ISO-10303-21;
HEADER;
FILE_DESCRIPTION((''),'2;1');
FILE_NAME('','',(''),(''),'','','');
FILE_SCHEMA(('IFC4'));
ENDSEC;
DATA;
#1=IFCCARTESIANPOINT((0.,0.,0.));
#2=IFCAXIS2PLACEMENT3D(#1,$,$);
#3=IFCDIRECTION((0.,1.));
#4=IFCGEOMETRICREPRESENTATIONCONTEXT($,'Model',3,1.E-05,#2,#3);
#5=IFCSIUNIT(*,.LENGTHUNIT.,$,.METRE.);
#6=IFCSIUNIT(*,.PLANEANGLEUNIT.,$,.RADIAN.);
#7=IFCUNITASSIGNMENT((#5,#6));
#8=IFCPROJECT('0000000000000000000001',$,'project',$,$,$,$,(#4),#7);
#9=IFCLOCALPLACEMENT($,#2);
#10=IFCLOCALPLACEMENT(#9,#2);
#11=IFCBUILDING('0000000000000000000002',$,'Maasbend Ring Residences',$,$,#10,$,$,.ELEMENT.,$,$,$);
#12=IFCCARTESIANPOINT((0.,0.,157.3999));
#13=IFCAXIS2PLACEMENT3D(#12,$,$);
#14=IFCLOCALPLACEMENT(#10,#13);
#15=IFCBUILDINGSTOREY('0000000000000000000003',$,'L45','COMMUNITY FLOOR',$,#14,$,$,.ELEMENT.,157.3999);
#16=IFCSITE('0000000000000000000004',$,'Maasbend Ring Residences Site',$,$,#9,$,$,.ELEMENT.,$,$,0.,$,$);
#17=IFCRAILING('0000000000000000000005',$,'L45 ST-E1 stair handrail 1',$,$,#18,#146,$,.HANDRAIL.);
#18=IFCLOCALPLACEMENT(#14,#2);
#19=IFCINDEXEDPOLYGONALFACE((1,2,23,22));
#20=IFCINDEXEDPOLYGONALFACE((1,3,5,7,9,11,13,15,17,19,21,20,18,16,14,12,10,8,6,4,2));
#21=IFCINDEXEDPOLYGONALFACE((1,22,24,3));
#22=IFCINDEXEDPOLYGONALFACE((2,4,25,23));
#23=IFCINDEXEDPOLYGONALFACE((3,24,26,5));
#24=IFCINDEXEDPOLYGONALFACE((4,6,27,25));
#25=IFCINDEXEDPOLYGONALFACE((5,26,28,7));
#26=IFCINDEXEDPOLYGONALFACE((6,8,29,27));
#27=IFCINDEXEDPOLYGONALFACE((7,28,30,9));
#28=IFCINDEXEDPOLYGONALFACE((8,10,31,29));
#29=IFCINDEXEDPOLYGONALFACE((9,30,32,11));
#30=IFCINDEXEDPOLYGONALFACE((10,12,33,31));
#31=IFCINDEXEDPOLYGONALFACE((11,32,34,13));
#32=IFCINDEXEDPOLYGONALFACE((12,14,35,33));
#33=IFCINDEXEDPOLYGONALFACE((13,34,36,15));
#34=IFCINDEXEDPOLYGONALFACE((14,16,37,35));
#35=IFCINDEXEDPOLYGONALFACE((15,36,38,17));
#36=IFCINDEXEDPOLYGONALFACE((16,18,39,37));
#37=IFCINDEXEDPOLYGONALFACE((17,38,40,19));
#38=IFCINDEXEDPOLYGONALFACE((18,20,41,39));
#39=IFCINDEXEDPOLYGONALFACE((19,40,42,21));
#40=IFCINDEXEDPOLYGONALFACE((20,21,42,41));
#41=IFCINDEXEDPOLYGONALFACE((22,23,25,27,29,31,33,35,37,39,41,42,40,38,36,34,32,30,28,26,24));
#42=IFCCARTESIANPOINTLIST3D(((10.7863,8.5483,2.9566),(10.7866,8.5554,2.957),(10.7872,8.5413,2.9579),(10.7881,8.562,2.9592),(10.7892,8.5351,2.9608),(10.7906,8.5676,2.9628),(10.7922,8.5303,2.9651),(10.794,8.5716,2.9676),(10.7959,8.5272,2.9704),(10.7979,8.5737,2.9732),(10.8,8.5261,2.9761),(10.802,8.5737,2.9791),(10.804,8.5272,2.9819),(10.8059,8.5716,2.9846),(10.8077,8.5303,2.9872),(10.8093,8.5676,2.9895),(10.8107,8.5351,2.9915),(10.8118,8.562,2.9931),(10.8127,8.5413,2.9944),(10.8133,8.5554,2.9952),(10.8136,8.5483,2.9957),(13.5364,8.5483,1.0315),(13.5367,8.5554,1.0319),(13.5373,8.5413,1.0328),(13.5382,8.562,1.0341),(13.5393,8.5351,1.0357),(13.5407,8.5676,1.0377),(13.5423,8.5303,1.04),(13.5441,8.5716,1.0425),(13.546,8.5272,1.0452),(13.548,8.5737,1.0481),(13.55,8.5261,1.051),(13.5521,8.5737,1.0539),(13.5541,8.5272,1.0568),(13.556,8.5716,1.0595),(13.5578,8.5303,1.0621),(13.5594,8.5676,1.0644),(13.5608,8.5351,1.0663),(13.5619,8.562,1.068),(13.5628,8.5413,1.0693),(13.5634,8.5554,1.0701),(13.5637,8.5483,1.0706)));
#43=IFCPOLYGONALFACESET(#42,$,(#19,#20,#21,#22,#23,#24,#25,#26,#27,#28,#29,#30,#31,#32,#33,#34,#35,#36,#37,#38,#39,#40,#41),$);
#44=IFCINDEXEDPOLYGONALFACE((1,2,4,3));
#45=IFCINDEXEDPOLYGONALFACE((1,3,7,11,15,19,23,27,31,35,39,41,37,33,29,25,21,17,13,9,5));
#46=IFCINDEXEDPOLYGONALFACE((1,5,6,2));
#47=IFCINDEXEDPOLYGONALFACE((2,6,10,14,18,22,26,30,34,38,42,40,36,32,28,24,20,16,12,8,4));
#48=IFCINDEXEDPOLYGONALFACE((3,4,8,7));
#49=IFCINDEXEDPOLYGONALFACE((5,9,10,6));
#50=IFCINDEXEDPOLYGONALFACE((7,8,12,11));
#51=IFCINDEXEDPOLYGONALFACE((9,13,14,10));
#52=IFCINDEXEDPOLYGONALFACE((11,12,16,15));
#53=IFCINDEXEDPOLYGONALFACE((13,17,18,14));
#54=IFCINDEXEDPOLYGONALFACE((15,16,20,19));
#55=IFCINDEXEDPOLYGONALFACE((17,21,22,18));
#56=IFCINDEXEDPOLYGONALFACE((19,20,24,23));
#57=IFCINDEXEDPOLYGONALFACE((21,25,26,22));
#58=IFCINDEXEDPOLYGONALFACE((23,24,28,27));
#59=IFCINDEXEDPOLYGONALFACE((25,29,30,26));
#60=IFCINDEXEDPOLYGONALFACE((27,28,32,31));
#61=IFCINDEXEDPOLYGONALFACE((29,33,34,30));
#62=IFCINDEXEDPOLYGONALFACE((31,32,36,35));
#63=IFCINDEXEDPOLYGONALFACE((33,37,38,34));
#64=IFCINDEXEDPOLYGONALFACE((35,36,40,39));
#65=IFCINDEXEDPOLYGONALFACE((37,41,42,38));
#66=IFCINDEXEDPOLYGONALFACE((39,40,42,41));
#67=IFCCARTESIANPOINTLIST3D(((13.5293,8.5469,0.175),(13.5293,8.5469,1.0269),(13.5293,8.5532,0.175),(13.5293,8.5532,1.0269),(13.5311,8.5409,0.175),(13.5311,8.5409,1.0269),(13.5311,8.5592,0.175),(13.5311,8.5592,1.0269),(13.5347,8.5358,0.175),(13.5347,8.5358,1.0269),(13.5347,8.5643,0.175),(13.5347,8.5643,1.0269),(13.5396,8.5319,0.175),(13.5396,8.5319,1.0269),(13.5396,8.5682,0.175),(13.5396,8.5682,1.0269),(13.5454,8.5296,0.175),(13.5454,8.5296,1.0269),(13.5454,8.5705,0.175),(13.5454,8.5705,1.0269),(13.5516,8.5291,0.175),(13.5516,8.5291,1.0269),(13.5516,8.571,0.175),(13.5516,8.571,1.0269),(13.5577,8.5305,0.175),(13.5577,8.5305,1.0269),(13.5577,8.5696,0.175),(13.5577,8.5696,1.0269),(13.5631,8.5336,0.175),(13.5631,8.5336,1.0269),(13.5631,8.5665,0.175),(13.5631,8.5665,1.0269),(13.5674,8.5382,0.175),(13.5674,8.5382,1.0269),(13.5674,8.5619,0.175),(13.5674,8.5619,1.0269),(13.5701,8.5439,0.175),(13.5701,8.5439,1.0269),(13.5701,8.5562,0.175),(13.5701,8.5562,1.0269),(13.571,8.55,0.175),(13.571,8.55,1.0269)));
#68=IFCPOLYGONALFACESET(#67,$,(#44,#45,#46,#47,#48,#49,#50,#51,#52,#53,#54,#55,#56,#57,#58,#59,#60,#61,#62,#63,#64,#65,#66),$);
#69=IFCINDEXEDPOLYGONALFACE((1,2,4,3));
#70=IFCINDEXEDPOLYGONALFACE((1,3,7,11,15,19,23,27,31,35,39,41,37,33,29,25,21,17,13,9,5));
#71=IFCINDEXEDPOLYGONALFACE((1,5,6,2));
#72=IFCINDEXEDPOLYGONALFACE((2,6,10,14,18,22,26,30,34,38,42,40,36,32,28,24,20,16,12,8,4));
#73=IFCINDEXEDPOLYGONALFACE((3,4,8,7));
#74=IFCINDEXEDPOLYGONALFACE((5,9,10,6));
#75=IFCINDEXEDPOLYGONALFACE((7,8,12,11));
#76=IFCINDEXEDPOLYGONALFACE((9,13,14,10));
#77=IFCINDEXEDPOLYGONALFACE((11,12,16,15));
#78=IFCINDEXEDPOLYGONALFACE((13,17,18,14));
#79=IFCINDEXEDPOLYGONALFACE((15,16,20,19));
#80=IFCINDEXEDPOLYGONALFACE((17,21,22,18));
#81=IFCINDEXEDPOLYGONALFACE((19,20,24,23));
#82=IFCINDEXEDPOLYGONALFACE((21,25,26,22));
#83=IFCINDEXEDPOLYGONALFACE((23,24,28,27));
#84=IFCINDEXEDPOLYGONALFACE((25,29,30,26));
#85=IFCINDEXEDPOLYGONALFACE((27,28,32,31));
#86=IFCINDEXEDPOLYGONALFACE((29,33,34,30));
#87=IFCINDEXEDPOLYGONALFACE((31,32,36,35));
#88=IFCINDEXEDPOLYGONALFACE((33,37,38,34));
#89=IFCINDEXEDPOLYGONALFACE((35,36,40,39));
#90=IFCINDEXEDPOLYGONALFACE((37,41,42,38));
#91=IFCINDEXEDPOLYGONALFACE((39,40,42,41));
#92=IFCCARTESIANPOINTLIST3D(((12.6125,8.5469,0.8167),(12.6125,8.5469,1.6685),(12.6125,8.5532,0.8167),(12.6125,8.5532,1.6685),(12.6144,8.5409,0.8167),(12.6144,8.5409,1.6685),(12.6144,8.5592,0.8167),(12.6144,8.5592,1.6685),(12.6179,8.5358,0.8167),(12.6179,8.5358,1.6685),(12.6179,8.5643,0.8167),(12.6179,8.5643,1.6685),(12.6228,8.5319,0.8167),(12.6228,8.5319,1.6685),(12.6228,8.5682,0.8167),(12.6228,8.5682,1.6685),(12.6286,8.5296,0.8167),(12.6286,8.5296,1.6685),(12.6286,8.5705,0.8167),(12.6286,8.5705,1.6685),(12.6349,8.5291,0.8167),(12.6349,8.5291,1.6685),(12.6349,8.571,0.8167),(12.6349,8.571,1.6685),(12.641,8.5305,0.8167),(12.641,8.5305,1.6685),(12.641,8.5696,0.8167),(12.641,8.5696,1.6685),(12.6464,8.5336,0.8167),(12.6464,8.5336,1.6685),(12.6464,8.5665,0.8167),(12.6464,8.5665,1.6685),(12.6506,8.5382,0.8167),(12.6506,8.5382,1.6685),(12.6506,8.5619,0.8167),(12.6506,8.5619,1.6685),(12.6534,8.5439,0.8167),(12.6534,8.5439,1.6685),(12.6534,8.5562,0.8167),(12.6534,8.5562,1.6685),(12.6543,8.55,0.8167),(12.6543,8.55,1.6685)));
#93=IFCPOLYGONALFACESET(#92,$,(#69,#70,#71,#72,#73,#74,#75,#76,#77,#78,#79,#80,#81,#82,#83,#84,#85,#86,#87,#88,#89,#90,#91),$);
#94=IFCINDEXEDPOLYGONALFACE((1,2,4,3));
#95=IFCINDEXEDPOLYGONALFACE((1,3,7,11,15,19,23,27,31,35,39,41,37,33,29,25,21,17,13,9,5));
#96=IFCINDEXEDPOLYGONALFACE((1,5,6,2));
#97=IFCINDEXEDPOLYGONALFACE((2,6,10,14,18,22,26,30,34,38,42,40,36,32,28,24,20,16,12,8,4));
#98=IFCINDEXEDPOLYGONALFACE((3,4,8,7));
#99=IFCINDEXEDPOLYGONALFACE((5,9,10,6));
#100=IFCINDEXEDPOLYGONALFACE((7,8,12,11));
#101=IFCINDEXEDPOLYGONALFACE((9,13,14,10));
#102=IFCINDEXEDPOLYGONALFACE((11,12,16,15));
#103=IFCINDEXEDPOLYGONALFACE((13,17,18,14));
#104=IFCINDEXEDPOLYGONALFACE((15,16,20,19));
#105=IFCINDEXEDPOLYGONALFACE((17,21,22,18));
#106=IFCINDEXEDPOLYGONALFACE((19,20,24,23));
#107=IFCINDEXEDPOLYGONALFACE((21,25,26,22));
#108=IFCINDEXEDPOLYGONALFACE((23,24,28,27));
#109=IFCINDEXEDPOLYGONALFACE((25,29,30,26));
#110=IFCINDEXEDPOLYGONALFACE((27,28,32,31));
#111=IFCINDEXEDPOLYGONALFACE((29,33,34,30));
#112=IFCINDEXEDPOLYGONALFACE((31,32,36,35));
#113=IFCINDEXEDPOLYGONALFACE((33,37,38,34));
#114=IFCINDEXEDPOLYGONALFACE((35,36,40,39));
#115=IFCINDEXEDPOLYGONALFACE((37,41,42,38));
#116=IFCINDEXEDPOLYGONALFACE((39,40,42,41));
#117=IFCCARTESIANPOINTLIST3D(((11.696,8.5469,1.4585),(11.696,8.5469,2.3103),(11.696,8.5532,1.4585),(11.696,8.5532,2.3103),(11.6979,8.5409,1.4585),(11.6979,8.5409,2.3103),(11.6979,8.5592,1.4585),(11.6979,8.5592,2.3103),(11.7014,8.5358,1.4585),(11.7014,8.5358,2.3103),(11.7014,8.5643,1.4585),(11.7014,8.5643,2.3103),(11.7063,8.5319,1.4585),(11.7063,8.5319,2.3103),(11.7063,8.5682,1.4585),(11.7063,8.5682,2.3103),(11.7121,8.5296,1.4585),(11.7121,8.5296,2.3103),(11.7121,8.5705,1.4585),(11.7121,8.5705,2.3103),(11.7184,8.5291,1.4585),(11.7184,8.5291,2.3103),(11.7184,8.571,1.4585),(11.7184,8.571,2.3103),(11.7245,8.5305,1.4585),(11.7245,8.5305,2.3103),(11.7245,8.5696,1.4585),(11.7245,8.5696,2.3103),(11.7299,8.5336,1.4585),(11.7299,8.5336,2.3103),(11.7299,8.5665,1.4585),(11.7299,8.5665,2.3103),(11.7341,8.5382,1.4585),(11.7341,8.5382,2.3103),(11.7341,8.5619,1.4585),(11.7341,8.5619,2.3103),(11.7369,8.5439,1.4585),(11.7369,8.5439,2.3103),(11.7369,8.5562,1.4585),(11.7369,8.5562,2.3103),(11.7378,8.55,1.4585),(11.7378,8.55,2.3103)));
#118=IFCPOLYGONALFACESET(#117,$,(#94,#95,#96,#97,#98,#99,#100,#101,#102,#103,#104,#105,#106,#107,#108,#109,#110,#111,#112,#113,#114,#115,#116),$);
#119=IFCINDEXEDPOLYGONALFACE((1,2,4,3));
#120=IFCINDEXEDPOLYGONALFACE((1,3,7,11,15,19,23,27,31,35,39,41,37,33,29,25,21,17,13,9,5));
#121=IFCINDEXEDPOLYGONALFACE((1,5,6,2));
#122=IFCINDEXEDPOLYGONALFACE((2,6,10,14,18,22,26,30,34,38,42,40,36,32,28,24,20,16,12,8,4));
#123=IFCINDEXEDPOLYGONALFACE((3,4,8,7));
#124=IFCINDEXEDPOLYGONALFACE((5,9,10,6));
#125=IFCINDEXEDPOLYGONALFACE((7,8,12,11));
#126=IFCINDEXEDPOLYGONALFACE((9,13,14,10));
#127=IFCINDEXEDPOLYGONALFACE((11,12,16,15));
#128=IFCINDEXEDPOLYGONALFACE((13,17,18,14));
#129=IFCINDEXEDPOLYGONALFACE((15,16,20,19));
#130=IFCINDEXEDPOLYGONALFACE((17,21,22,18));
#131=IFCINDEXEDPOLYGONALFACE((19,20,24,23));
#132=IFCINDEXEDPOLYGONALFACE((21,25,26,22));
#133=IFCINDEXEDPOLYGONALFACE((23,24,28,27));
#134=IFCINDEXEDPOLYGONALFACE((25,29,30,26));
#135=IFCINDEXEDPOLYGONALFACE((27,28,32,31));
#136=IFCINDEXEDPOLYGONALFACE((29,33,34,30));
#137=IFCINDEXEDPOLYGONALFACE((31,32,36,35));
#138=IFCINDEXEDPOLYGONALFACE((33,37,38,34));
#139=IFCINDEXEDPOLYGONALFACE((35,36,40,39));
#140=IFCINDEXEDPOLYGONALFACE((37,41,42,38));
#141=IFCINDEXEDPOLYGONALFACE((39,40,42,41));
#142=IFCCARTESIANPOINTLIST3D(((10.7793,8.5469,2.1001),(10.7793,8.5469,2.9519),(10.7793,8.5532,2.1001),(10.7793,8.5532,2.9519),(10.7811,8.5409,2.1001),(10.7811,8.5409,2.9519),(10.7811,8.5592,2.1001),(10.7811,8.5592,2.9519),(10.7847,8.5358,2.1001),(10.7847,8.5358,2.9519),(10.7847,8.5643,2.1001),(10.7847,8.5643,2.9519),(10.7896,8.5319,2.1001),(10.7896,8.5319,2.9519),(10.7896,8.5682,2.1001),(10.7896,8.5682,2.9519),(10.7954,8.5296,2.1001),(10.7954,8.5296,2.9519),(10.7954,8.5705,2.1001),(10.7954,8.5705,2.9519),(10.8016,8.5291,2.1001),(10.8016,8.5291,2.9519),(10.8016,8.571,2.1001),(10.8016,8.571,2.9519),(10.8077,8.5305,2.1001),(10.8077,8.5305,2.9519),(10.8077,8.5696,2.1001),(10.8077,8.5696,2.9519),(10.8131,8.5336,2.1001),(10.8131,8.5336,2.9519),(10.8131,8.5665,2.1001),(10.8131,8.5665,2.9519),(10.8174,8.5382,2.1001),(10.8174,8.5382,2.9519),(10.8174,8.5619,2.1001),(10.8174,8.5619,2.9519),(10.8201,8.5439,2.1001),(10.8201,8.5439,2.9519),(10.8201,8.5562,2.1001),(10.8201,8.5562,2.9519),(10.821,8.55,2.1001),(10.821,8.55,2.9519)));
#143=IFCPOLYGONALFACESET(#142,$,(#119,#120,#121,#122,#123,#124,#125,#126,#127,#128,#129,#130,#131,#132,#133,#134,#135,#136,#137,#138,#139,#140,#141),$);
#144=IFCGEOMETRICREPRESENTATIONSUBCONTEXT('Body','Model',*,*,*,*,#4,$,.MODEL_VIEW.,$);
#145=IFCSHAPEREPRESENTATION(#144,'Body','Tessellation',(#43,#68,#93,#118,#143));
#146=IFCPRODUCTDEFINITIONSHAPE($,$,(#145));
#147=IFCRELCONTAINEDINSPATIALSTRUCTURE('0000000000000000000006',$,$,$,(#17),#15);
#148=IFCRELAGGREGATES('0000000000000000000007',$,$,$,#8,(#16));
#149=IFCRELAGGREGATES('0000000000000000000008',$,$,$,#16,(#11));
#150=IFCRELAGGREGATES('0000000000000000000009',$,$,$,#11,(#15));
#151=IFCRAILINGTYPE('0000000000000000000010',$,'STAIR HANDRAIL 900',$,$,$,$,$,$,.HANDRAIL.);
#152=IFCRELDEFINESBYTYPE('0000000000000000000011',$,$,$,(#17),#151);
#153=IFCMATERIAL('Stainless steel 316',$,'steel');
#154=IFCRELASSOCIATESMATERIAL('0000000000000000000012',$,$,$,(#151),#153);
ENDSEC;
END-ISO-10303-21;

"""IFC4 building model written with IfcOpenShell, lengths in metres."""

from ifc_helpers import new_model, si_unit, direction, frame, origin, origin_2d, place, context, subcontext, project, spatial, circle, extrude, material, type_object, element, save


model = new_model("IFC4")

# Units and contexts
model_context = context("Model", 3, precision=1e-05, world=origin(), true_north=direction((0.0, 1.0)))
body_context = subcontext(model_context, "Body", "Model", "MODEL_VIEW")
ifc_project = project(units=[si_unit("LENGTHUNIT", "METRE"), si_unit("PLANEANGLEUNIT", "RADIAN")], contexts=[model_context])

# Site, building, storey
site_placement = place(None, origin())
site = spatial("IfcSite", under=ifc_project, at=site_placement, Name="Maasbend Ring Residences Site", CompositionType="ELEMENT", RefElevation=0.0)
building_placement = place(site_placement, origin())
building = spatial("IfcBuilding", under=site, at=building_placement, Name="Maasbend Ring Residences", CompositionType="ELEMENT")
storey_placement = place(building_placement, frame((0.0, 0.0, 157.3999)))
storey = spatial("IfcBuildingStorey", under=building, at=storey_placement, Name="L45", Description="COMMUNITY FLOOR", CompositionType="ELEMENT", Elevation=157.3999)

# Railing
ifc_material_1 = material(Name="Stainless steel 316", Category="steel")
railing_type_1 = type_object("IfcRailingType", Name="STAIR HANDRAIL 900", PredefinedType="HANDRAIL", material=ifc_material_1)
railing_1_placement = place(storey_placement, frame((13.55, 8.55, 0.175)))
element("IfcRailing", 1, at=railing_1_placement, inside=storey, type_object=railing_type_1, Name="L45 ST-E1 stair handrail 1", PredefinedType="HANDRAIL", context=body_context, shape_type="SweptSolid", body=[
    extrude(circle(Radius=0.0239, at=origin_2d()), frame((0.0, 0.0, 0.876), z_axis=(-0.819225, 0.0, 0.573472), x_axis=(0.0, -1.0, 0.0)), (0.0, 0.0, 1.0), 3.3569),
    extrude(circle(Radius=0.021, at=origin_2d()), origin(), (0.0, 0.0, 1.0), 0.8518),
    extrude(circle(Radius=0.021, at=origin_2d()), frame((-0.9167, 0.0, 0.6416)), (0.0, 0.0, 1.0), 0.8518),
    extrude(circle(Radius=0.021, at=origin_2d()), frame((-1.8333, 0.0, 1.2834)), (0.0, 0.0, 1.0), 0.8518),
    extrude(circle(Radius=0.021, at=origin_2d()), frame((-2.75, 0.0, 1.925)), (0.0, 0.0, 1.0), 0.8518),
])

save(model, "model.ifc")
